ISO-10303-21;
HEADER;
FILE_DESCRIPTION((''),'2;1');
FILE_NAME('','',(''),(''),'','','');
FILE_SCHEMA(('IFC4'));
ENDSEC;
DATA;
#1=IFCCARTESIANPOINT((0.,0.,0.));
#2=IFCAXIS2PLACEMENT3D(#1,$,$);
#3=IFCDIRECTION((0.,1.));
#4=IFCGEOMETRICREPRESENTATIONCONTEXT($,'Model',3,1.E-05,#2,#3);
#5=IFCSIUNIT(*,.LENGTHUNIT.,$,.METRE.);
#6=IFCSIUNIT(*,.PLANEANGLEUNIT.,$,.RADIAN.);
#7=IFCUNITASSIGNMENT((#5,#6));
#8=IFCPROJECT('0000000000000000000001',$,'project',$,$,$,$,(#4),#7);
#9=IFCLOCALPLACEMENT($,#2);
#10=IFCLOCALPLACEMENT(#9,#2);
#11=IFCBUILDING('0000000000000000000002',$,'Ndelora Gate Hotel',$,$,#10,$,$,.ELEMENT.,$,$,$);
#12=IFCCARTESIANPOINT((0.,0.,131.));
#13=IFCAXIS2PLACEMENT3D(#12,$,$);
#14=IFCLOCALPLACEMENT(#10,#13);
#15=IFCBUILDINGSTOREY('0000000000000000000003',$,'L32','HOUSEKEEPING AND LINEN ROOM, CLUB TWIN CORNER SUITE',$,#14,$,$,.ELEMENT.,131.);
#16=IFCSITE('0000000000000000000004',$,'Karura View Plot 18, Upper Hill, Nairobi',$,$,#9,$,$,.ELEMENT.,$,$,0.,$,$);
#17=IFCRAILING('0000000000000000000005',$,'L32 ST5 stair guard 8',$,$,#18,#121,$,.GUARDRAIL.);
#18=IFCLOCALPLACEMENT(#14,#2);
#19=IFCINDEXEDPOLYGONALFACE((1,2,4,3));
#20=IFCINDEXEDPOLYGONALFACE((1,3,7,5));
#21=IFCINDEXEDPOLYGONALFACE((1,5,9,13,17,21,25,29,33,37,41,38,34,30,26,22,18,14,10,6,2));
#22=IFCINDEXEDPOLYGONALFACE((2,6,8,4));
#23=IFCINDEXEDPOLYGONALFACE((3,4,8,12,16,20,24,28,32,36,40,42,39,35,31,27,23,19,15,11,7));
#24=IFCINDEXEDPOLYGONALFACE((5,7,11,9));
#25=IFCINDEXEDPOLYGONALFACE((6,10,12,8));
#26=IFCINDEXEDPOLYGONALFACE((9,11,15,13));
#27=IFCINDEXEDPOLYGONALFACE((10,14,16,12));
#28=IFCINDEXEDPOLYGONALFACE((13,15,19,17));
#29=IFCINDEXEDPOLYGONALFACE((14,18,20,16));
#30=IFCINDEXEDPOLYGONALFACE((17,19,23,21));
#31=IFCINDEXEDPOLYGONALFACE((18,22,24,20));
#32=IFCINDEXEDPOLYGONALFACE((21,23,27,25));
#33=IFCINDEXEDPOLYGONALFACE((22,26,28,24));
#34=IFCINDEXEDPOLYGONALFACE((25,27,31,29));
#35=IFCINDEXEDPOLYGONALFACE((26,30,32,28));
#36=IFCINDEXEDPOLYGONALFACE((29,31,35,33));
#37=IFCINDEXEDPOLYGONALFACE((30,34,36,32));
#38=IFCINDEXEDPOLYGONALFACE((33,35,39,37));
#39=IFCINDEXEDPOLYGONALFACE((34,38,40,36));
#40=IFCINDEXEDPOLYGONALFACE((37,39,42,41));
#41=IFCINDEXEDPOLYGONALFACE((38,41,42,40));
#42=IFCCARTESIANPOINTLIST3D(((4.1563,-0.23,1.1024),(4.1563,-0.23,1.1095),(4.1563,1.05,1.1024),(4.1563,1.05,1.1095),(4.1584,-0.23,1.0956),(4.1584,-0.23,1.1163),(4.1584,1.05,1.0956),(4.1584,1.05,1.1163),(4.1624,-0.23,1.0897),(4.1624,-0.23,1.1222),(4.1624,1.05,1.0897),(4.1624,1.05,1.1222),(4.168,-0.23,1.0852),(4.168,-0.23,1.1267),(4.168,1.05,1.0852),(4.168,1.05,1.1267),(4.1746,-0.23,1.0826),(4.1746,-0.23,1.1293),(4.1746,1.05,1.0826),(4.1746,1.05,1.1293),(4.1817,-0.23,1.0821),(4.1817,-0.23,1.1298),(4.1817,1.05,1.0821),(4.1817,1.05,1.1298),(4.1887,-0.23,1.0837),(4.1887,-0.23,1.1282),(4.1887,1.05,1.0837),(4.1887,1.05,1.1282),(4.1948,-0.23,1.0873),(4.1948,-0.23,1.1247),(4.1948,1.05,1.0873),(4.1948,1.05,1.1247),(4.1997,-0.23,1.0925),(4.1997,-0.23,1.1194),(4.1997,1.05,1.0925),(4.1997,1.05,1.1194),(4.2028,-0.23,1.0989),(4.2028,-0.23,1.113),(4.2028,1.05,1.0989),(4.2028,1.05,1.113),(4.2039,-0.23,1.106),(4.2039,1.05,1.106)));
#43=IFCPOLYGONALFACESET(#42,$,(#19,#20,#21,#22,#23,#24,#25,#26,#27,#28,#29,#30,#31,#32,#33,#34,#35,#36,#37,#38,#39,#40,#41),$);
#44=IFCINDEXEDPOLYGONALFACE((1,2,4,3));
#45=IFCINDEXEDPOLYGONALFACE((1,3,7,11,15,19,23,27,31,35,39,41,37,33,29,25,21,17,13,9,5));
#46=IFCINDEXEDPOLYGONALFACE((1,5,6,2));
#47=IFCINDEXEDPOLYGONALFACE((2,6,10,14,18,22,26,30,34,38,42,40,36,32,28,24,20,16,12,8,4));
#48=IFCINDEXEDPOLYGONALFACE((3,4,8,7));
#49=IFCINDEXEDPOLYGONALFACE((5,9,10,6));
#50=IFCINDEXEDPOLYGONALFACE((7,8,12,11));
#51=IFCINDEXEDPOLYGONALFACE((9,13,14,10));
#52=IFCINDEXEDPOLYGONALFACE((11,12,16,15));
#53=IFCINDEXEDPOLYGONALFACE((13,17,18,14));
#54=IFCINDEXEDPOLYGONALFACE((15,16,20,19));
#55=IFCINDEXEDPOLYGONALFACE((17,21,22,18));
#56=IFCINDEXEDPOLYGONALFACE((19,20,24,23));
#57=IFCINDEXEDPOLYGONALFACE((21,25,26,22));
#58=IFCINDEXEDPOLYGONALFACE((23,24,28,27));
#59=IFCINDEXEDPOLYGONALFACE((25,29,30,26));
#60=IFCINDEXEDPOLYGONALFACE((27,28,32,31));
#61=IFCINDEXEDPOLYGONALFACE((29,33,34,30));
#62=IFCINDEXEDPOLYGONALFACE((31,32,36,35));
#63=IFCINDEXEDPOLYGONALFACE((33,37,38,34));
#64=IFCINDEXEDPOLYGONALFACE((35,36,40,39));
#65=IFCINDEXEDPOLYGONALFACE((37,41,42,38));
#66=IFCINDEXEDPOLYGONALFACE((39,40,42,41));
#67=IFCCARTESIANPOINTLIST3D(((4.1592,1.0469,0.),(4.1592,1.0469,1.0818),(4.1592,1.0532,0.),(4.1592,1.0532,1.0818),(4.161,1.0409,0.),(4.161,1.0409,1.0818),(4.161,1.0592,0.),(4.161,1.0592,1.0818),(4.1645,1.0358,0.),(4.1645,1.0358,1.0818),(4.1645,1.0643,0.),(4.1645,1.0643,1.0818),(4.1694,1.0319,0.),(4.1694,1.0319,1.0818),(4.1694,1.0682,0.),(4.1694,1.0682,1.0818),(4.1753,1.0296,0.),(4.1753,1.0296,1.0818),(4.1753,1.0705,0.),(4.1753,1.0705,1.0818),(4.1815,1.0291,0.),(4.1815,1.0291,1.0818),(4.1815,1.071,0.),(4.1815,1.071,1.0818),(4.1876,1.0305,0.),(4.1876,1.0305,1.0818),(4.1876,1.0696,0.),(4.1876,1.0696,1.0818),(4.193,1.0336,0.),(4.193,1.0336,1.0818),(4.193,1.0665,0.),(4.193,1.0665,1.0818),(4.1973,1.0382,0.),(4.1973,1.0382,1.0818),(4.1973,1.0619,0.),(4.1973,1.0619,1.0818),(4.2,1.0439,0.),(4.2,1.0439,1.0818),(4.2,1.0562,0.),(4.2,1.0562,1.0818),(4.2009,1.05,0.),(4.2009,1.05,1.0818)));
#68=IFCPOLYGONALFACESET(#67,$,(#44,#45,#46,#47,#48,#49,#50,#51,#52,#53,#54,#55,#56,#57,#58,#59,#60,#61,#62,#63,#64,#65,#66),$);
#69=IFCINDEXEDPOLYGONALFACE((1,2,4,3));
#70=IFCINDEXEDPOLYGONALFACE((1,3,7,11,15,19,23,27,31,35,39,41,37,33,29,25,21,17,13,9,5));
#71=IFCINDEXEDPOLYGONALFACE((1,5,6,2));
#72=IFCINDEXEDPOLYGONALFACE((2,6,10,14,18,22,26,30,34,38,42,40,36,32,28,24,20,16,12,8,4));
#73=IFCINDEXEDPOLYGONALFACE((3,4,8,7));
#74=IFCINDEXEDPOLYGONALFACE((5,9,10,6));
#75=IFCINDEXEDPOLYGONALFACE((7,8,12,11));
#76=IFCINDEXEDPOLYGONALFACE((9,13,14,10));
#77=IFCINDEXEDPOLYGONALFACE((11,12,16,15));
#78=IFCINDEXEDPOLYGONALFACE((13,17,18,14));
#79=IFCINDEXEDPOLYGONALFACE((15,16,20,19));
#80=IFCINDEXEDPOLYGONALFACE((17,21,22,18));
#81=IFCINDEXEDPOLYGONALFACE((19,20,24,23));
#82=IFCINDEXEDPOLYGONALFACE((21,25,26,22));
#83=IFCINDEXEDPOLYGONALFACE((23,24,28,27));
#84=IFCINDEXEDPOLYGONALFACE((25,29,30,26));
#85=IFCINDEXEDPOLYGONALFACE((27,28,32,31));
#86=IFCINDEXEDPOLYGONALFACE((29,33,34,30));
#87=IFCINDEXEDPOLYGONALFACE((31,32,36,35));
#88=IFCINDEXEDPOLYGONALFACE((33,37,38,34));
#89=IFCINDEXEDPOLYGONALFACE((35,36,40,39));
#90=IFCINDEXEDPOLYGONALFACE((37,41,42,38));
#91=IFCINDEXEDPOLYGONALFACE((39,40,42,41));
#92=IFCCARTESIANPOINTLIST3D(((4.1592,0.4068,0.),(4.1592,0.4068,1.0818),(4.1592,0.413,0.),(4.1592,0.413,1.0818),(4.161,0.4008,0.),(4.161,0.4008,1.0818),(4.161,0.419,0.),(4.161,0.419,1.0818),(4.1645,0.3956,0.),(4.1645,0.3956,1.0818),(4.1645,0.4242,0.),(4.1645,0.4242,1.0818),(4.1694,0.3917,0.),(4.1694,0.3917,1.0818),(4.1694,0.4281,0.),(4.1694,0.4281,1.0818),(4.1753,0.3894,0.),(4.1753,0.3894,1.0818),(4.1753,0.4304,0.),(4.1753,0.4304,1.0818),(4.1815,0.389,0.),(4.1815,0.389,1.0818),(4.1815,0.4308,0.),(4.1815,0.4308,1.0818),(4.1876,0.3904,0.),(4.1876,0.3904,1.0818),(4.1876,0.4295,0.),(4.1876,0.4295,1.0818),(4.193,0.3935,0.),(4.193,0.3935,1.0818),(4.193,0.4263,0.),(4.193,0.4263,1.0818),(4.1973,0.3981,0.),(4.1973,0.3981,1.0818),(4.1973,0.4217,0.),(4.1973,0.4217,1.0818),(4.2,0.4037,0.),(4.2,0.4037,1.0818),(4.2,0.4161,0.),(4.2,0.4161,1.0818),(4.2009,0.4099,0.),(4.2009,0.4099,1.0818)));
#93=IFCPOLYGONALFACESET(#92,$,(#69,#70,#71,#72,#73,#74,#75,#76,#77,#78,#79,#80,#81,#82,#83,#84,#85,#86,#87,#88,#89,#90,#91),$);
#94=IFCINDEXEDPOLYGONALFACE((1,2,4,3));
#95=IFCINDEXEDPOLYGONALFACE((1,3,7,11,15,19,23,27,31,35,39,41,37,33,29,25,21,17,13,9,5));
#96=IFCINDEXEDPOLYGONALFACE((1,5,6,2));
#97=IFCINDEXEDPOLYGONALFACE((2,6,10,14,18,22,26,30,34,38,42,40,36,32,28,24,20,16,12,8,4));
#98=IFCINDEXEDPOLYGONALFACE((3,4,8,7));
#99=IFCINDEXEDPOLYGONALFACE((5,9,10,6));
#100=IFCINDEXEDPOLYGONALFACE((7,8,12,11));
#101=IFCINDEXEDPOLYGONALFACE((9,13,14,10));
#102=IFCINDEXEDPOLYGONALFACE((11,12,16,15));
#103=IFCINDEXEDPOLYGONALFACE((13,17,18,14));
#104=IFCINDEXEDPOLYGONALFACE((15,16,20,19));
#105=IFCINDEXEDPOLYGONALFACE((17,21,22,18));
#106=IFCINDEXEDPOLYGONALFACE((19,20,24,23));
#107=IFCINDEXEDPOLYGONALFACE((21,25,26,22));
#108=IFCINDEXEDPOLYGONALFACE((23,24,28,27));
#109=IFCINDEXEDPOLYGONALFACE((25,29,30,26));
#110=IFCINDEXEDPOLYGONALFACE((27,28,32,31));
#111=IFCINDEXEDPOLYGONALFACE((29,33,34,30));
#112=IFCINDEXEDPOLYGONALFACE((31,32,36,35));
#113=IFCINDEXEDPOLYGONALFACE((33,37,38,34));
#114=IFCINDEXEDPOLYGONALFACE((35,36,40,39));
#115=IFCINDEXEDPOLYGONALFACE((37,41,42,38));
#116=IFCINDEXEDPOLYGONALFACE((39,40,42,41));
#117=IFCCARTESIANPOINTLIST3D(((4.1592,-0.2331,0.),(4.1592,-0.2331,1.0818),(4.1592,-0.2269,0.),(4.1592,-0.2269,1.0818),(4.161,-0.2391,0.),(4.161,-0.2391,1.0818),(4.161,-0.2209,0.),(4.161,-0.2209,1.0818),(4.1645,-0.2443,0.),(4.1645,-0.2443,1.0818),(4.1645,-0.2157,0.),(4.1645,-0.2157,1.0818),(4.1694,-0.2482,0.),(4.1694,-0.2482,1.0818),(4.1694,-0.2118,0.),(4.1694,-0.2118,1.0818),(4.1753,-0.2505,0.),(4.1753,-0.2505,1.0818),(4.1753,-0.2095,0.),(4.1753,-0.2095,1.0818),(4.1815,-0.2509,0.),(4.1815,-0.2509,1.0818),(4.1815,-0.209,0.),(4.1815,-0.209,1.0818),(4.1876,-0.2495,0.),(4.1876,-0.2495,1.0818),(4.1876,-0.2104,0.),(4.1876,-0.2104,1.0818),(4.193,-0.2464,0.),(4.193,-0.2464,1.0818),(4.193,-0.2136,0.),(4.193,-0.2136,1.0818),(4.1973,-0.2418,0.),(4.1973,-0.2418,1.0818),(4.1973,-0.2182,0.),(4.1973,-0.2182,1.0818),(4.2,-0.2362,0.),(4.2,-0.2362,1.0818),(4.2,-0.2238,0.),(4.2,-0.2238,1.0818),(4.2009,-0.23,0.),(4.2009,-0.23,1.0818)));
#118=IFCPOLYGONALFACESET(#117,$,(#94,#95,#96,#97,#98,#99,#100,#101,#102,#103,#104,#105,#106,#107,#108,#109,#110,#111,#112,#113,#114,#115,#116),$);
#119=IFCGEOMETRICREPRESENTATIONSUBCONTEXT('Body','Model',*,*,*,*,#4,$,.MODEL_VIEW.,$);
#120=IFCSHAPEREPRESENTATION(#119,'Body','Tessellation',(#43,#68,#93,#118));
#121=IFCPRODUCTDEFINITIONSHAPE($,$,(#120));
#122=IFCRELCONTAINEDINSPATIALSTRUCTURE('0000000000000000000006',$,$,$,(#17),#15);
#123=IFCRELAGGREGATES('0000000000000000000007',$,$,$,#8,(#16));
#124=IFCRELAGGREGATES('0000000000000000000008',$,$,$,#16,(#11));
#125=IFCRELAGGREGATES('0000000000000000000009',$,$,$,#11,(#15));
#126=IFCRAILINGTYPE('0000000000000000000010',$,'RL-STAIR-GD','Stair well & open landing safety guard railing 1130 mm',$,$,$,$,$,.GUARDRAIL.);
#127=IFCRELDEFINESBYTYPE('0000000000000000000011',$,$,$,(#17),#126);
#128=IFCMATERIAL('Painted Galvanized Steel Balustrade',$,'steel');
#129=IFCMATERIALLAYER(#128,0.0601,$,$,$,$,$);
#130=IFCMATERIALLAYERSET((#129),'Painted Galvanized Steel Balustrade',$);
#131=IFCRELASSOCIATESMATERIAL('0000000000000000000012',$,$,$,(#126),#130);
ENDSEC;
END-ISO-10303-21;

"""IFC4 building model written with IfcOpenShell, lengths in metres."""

from ifc_helpers import new_model, si_unit, direction, frame, origin, origin_2d, place, context, subcontext, project, spatial, circle, extrude, material, layer, layer_set, type_object, element, save


model = new_model("IFC4")

# Units and contexts
model_context = context("Model", 3, precision=1e-05, world=origin(), true_north=direction((0.0, 1.0)))
body_context = subcontext(model_context, "Body", "Model", "MODEL_VIEW")
ifc_project = project(units=[si_unit("LENGTHUNIT", "METRE"), si_unit("PLANEANGLEUNIT", "RADIAN")], contexts=[model_context])

# Site, building, storey
site_placement = place(None, origin())
site = spatial("IfcSite", under=ifc_project, at=site_placement, Name="Karura View Plot 18, Upper Hill, Nairobi", CompositionType="ELEMENT", RefElevation=0.0)
building_placement = place(site_placement, origin())
building = spatial("IfcBuilding", under=site, at=building_placement, Name="Ndelora Gate Hotel", CompositionType="ELEMENT")
storey_placement = place(building_placement, frame((0.0, 0.0, 131.0)))
storey = spatial("IfcBuildingStorey", under=building, at=storey_placement, Name="L32", Description="HOUSEKEEPING AND LINEN ROOM, CLUB TWIN CORNER SUITE", CompositionType="ELEMENT", Elevation=131.0)

# Railing
ifc_material_1 = material(Name="Painted Galvanized Steel Balustrade", Category="steel")
ifc_layer_1 = layer(ifc_material_1, 0.0601)
ifc_layer_set_1 = layer_set([ifc_layer_1], Name="Painted Galvanized Steel Balustrade")
railing_type = type_object("IfcRailingType", Name="RL-STAIR-GD", Description="Stair well & open landing safety guard railing 1130 mm", PredefinedType="GUARDRAIL", material=ifc_layer_set_1)
for number, where, name in (
    (1, (4.1799, 1.05, 0.0), "L32 ST5 stair guard 8"),
):
    element("IfcRailing", number, at=place(storey_placement, frame(where)), inside=storey, type_object=railing_type, Name=name, PredefinedType="GUARDRAIL", context=body_context, shape_type="SweptSolid", body=[
        extrude(circle(Radius=0.0239, at=origin_2d()), frame((0.0, 0.0, 1.106), z_axis=(0.0, -1.0, 0.0), x_axis=(1.0, 0.0, 0.0)), (0.0, 0.0, 1.0), 1.28),
        extrude(circle(Radius=0.021, at=origin_2d()), origin(), (0.0, 0.0, 1.0), 1.0818),
        extrude(circle(Radius=0.021, at=origin_2d()), frame((0.0, -0.6401, 0.0)), (0.0, 0.0, 1.0), 1.0818),
        extrude(circle(Radius=0.021, at=origin_2d()), frame((0.0, -1.28, 0.0)), (0.0, 0.0, 1.0), 1.0818),
    ])

save(model, "model.ifc")
